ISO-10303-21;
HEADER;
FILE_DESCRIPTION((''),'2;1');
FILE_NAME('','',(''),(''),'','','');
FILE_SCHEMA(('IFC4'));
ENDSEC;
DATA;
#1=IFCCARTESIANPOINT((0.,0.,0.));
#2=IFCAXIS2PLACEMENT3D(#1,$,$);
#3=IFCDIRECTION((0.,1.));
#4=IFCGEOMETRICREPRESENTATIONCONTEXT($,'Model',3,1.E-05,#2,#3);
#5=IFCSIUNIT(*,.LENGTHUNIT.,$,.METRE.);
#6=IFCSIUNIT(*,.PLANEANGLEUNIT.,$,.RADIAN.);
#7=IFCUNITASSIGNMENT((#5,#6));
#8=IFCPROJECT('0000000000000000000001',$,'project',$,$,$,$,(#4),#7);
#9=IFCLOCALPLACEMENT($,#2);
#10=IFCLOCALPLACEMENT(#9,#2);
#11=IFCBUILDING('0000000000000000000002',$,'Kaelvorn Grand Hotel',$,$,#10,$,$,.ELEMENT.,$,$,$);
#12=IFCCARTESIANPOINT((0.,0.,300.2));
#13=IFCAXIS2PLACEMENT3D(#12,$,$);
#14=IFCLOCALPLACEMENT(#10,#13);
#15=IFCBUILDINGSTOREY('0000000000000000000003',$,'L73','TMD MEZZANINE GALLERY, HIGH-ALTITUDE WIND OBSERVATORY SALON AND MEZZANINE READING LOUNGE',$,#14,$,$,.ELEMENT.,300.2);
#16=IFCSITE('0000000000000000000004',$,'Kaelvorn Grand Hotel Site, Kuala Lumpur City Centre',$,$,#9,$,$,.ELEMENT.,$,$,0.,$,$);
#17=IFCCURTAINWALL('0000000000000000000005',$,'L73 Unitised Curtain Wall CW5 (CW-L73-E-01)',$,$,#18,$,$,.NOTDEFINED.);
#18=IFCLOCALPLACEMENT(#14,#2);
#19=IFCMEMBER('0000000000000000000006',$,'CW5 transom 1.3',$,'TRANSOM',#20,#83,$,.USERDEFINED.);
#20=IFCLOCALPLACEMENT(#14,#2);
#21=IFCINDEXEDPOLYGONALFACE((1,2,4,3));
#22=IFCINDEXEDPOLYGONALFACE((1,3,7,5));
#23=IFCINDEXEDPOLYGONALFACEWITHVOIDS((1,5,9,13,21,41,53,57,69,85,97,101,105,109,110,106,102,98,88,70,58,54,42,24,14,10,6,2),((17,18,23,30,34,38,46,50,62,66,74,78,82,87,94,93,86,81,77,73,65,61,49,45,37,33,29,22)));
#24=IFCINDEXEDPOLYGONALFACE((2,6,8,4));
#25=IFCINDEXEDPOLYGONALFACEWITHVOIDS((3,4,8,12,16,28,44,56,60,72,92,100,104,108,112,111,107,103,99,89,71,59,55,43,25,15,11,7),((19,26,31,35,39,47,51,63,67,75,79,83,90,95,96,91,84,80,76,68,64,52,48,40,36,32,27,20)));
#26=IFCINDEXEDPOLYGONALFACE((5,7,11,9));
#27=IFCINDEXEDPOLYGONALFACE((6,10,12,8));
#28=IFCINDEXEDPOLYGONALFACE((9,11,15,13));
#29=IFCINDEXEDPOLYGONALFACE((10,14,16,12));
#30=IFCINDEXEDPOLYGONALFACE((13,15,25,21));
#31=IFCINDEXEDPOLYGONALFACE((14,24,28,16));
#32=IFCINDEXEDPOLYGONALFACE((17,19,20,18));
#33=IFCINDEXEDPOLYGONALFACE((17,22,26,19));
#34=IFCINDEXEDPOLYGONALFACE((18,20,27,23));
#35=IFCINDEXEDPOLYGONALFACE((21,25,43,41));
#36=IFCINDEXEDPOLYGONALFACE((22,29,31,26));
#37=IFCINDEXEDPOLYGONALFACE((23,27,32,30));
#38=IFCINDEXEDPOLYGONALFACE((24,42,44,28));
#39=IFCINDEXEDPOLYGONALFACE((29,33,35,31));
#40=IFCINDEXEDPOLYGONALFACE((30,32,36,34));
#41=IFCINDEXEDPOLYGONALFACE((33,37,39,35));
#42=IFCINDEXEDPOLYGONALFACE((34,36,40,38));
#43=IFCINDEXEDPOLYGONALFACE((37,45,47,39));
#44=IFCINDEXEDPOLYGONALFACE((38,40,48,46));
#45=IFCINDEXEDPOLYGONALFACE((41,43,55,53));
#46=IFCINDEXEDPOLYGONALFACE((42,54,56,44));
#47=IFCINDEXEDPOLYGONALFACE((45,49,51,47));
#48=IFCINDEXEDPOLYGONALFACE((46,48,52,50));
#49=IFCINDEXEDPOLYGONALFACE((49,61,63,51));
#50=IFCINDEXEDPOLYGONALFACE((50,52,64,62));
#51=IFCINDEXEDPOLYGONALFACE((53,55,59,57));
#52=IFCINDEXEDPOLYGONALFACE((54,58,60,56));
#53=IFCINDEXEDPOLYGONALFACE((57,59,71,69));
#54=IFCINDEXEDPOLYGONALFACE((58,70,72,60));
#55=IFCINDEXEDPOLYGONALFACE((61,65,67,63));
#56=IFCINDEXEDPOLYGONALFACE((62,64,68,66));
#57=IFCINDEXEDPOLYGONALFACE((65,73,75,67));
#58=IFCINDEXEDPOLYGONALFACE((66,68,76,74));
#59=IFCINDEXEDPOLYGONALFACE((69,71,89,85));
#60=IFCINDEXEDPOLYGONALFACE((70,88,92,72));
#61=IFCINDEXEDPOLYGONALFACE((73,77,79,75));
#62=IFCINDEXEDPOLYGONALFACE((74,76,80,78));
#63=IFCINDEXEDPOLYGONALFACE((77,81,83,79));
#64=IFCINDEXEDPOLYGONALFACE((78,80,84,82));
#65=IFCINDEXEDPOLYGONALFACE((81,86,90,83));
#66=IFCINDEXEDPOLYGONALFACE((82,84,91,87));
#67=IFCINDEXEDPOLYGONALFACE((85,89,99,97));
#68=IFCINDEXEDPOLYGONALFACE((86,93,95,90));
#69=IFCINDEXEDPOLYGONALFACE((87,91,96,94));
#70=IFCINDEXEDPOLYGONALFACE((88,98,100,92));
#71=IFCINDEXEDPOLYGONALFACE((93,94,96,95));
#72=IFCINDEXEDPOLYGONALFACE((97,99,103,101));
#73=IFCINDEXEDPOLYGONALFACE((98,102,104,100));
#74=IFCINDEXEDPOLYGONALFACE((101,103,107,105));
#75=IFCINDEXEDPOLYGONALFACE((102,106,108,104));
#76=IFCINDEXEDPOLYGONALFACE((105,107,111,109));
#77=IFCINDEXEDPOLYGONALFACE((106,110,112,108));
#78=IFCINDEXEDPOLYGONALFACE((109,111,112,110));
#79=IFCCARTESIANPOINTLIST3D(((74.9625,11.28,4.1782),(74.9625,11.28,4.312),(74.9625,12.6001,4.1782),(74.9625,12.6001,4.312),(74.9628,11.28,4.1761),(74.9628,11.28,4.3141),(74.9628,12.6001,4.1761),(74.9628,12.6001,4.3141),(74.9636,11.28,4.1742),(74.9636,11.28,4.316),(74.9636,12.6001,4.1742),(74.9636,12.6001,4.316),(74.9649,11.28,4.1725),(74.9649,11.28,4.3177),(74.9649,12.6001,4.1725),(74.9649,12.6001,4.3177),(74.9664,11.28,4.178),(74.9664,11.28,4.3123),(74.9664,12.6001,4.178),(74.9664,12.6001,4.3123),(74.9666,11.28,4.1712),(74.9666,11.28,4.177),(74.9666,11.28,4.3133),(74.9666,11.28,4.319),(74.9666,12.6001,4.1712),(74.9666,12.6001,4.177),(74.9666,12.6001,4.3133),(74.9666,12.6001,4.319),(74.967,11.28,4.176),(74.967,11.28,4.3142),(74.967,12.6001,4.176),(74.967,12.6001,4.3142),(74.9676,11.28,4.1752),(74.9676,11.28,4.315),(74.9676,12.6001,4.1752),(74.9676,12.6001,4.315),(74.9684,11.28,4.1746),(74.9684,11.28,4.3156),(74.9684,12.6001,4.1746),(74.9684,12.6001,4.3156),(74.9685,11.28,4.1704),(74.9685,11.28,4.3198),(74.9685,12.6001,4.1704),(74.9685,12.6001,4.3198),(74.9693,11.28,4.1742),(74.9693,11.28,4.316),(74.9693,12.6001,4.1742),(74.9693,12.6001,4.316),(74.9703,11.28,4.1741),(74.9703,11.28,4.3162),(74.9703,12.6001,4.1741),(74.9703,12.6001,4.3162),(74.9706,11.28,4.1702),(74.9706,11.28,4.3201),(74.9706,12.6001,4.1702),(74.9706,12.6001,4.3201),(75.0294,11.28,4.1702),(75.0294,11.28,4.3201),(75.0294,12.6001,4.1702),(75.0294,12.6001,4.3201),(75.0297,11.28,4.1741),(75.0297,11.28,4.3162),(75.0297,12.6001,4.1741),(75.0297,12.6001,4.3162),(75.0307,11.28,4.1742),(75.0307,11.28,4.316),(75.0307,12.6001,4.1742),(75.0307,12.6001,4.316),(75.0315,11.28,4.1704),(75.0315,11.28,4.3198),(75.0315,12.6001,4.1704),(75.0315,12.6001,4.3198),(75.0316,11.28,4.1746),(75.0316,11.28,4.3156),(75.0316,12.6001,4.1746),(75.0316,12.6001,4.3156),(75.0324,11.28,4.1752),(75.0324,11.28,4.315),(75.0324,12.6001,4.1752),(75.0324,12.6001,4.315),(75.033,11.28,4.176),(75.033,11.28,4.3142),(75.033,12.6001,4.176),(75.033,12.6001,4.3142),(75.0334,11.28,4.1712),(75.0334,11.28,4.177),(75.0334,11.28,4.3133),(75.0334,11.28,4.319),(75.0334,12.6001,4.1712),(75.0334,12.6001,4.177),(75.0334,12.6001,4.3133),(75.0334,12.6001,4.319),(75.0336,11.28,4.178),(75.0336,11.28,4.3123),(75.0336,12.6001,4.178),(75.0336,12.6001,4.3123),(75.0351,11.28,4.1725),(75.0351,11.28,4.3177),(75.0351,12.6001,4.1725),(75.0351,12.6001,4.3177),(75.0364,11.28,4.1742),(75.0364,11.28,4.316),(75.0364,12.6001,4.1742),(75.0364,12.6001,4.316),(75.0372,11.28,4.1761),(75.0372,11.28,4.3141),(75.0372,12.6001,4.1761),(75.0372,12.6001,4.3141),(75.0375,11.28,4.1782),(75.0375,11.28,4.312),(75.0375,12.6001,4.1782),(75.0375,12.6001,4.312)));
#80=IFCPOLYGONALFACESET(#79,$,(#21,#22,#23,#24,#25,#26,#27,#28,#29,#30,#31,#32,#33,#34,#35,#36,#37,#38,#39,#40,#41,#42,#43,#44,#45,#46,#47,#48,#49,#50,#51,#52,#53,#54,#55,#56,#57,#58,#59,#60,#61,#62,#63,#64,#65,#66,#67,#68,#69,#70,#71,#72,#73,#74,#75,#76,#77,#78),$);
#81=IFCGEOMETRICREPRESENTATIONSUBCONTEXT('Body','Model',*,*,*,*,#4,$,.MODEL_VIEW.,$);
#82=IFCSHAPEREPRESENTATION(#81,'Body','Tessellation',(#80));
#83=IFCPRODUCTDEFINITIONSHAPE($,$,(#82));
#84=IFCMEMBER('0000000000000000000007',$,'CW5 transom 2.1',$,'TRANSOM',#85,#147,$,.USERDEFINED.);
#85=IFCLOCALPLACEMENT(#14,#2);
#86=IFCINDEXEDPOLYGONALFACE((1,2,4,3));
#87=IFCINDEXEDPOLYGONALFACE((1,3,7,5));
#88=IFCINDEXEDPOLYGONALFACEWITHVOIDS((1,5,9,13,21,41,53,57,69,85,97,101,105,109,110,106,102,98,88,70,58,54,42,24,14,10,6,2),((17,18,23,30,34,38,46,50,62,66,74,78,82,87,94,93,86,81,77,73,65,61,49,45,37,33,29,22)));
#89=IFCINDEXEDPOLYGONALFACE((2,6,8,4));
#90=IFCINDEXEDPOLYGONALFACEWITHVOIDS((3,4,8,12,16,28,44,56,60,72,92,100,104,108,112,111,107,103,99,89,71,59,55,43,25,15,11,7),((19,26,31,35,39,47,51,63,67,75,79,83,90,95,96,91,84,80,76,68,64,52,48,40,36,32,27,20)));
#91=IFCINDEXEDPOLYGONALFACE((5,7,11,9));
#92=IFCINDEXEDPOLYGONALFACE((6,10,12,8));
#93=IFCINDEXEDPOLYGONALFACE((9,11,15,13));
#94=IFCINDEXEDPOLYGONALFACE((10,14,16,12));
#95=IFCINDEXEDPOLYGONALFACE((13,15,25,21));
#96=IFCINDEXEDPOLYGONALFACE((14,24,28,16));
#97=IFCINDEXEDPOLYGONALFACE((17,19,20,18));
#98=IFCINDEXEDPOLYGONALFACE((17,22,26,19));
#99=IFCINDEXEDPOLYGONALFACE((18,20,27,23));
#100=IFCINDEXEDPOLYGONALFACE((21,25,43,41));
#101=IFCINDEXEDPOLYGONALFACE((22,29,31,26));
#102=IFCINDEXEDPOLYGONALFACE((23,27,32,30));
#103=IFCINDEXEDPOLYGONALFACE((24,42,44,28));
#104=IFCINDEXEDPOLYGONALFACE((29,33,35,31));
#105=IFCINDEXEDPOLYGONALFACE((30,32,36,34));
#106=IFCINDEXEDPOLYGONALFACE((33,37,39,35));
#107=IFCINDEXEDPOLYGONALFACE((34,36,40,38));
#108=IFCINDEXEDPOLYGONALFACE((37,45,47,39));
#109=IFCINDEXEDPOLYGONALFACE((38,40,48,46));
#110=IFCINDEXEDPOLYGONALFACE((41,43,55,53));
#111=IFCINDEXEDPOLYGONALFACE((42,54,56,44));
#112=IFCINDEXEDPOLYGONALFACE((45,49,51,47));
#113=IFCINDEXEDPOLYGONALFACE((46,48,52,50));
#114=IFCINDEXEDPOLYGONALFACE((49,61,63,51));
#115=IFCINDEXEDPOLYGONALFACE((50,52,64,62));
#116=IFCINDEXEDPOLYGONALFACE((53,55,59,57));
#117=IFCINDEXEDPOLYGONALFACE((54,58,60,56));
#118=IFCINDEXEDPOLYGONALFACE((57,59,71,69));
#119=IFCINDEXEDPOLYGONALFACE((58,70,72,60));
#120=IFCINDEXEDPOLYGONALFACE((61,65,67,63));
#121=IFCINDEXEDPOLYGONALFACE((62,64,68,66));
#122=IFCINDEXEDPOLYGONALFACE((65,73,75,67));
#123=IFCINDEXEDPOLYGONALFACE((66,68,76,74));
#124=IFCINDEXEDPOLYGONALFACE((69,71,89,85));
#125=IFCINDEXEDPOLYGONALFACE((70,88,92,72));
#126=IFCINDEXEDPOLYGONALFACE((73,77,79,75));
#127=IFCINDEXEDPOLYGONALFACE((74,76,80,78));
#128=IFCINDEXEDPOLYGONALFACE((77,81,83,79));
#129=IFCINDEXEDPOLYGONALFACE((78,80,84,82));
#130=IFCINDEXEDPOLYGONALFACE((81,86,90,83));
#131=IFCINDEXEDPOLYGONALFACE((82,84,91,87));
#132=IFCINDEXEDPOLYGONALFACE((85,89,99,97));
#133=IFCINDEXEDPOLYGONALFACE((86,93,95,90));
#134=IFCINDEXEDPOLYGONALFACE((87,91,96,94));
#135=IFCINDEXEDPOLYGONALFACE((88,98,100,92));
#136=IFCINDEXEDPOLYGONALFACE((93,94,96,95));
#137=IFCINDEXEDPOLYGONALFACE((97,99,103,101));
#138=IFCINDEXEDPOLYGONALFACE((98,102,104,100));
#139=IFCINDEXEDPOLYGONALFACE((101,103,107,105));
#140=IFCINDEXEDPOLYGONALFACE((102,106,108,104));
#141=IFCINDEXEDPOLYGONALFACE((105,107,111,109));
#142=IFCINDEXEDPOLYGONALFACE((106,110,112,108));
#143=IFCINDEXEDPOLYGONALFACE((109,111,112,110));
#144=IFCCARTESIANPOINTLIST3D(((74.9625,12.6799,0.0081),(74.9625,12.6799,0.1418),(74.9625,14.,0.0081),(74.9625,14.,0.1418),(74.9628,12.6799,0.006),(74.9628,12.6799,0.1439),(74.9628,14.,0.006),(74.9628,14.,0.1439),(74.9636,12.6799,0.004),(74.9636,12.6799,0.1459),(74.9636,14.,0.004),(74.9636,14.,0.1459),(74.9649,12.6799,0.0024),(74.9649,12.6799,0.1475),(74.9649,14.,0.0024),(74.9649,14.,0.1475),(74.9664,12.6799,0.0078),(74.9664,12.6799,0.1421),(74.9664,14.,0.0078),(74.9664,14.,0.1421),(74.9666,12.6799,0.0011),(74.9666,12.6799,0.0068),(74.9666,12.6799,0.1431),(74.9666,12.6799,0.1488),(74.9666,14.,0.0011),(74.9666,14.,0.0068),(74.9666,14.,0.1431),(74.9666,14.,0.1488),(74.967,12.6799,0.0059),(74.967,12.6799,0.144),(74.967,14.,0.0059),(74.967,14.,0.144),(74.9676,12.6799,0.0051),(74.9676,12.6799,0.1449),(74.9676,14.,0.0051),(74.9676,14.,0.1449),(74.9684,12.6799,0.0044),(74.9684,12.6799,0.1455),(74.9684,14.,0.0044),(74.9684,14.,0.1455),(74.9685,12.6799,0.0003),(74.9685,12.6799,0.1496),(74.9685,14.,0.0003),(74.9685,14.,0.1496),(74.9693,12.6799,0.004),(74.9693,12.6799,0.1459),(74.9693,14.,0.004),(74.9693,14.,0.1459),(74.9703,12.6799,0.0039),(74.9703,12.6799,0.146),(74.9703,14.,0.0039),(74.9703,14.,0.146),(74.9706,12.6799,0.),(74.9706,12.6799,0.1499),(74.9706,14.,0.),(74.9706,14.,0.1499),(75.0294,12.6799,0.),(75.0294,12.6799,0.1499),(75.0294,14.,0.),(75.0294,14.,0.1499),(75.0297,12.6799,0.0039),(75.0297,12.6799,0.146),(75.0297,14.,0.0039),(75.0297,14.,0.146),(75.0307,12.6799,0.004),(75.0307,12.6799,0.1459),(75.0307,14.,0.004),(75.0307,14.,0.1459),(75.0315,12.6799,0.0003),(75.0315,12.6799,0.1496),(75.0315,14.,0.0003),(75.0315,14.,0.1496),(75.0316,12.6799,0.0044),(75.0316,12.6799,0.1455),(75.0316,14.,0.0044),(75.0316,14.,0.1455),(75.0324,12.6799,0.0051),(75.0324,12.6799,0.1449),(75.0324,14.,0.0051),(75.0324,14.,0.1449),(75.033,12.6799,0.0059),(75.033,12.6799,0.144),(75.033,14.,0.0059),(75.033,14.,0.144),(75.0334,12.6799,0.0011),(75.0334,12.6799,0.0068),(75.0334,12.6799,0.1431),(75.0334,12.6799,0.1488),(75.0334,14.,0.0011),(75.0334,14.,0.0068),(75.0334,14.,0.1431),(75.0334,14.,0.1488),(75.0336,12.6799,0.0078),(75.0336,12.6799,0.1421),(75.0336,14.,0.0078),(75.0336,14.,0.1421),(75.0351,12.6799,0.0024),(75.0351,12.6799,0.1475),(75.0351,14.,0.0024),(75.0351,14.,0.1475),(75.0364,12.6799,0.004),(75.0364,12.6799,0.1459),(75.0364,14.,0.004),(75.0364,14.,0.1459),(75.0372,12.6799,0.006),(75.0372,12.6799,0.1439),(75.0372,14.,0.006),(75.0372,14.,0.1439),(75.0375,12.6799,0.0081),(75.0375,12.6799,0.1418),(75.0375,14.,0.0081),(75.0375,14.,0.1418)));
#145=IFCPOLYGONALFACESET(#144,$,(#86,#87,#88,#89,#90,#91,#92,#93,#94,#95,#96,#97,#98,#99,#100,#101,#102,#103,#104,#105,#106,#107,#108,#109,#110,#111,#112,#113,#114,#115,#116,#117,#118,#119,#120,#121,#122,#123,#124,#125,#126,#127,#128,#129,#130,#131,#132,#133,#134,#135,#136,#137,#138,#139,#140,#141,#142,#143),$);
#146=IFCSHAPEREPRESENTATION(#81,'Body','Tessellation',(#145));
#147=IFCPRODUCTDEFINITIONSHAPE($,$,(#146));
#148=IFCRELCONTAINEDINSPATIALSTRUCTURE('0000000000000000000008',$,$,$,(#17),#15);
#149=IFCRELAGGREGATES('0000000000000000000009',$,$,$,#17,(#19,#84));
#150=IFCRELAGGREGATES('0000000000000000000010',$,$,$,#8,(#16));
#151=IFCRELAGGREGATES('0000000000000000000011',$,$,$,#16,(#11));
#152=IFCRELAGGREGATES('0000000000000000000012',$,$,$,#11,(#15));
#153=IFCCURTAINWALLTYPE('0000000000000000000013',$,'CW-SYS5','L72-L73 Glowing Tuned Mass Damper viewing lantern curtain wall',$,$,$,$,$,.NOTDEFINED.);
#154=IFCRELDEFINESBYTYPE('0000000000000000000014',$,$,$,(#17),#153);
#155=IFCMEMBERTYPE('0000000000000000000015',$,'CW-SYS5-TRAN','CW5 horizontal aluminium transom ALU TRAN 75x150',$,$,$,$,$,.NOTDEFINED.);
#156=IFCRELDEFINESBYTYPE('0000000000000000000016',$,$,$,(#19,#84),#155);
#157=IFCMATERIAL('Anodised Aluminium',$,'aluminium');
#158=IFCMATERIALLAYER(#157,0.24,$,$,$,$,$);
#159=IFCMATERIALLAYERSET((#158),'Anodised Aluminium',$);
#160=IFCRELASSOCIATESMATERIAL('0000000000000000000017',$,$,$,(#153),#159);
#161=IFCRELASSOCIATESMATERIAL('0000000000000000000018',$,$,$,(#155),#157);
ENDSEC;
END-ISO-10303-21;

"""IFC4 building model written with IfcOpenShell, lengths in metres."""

from ifc_helpers import new_model, si_unit, direction, frame, origin, origin_2d, place, context, subcontext, project, spatial, hollow_rectangle, extrude, material, layer, layer_set, material_profile, profile_set, type_object, element, aggregate, save


model = new_model("IFC4")

# Units and contexts
model_context = context("Model", 3, precision=1e-05, world=origin(), true_north=direction((0.0, 1.0)))
body_context = subcontext(model_context, "Body", "Model", "MODEL_VIEW")
ifc_project = project(units=[si_unit("LENGTHUNIT", "METRE"), si_unit("PLANEANGLEUNIT", "RADIAN")], contexts=[model_context])

# Site, building, storey
site_placement = place(None, origin())
site = spatial("IfcSite", under=ifc_project, at=site_placement, Name="Kaelvorn Grand Hotel Site, Kuala Lumpur City Centre", CompositionType="ELEMENT", RefElevation=0.0)
building_placement = place(site_placement, origin())
building = spatial("IfcBuilding", under=site, at=building_placement, Name="Kaelvorn Grand Hotel", CompositionType="ELEMENT")
storey_placement = place(building_placement, frame((0.0, 0.0, 300.2)))
storey = spatial("IfcBuildingStorey", under=building, at=storey_placement, Name="L73", Description="TMD MEZZANINE GALLERY, HIGH-ALTITUDE WIND OBSERVATORY SALON AND MEZZANINE READING LOUNGE", CompositionType="ELEMENT", Elevation=300.2)

# Shared definitions
ifc_material_1 = material(Name="Anodised Aluminium", Category="aluminium")
ifc_layer_1 = layer(ifc_material_1, 0.24)
ifc_layer_set_1 = layer_set([ifc_layer_1], Name="Anodised Aluminium")
curtain_wall_type = type_object("IfcCurtainWallType", Name="CW-SYS5", Description="L72-L73 Glowing Tuned Mass Damper viewing lantern curtain wall", PredefinedType="NOTDEFINED", material=ifc_layer_set_1)

# Curtain wall, members
curtain_wall_1_placement = place(storey_placement, origin())
curtain_wall_1 = element("IfcCurtainWall", 1, at=curtain_wall_1_placement, inside=storey, type_object=curtain_wall_type, Name="L73 Unitised Curtain Wall CW5 (CW-L73-E-01)", PredefinedType="NOTDEFINED")
ifc_material_profile_1 = material_profile(ifc_material_1, hollow_rectangle(XDim=0.075, YDim=0.1499, WallThickness=0.0039, InnerFilletRadius=0.0039, OuterFilletRadius=0.0081, at=origin_2d()), Name="ALU TRAN 75x150")
ifc_profile_set_1 = profile_set([ifc_material_profile_1], Name="Anodised Aluminium")
member_type_1 = type_object("IfcMemberType", Name="CW-SYS5-TRAN", Description="CW5 horizontal aluminium transom ALU TRAN 75x150", PredefinedType="NOTDEFINED", material=ifc_profile_set_1)
member_1_placement = place(storey_placement, frame((75.0, 11.28, 4.2451), z_axis=(0.0, 1.0, 0.0), x_axis=(-1.0, 0.0, 0.0)))
member_1 = element("IfcMember", 2, at=member_1_placement, type_object=member_type_1, Name="CW5 transom 1.3", ObjectType="TRANSOM", PredefinedType="USERDEFINED", context=body_context, shape_type="SweptSolid", body=[
    extrude(hollow_rectangle(XDim=0.075, YDim=0.1499, WallThickness=0.0039, InnerFilletRadius=0.0039, OuterFilletRadius=0.0081, at=origin_2d()), origin(), (0.0, 0.0, 1.0), 1.3201),
])
member_2_placement = place(storey_placement, frame((75.0, 12.6799, 0.075), z_axis=(0.0, 1.0, 0.0), x_axis=(-1.0, 0.0, 0.0)))
member_2 = element("IfcMember", 3, at=member_2_placement, type_object=member_type_1, Name="CW5 transom 2.1", ObjectType="TRANSOM", PredefinedType="USERDEFINED", context=body_context, shape_type="SweptSolid", body=[
    extrude(hollow_rectangle(XDim=0.075, YDim=0.1499, WallThickness=0.0039, InnerFilletRadius=0.0039, OuterFilletRadius=0.0081, at=origin_2d()), origin(), (0.0, 0.0, 1.0), 1.3201),
])
aggregate(curtain_wall_1, [member_1, member_2])

save(model, "model.ifc")
